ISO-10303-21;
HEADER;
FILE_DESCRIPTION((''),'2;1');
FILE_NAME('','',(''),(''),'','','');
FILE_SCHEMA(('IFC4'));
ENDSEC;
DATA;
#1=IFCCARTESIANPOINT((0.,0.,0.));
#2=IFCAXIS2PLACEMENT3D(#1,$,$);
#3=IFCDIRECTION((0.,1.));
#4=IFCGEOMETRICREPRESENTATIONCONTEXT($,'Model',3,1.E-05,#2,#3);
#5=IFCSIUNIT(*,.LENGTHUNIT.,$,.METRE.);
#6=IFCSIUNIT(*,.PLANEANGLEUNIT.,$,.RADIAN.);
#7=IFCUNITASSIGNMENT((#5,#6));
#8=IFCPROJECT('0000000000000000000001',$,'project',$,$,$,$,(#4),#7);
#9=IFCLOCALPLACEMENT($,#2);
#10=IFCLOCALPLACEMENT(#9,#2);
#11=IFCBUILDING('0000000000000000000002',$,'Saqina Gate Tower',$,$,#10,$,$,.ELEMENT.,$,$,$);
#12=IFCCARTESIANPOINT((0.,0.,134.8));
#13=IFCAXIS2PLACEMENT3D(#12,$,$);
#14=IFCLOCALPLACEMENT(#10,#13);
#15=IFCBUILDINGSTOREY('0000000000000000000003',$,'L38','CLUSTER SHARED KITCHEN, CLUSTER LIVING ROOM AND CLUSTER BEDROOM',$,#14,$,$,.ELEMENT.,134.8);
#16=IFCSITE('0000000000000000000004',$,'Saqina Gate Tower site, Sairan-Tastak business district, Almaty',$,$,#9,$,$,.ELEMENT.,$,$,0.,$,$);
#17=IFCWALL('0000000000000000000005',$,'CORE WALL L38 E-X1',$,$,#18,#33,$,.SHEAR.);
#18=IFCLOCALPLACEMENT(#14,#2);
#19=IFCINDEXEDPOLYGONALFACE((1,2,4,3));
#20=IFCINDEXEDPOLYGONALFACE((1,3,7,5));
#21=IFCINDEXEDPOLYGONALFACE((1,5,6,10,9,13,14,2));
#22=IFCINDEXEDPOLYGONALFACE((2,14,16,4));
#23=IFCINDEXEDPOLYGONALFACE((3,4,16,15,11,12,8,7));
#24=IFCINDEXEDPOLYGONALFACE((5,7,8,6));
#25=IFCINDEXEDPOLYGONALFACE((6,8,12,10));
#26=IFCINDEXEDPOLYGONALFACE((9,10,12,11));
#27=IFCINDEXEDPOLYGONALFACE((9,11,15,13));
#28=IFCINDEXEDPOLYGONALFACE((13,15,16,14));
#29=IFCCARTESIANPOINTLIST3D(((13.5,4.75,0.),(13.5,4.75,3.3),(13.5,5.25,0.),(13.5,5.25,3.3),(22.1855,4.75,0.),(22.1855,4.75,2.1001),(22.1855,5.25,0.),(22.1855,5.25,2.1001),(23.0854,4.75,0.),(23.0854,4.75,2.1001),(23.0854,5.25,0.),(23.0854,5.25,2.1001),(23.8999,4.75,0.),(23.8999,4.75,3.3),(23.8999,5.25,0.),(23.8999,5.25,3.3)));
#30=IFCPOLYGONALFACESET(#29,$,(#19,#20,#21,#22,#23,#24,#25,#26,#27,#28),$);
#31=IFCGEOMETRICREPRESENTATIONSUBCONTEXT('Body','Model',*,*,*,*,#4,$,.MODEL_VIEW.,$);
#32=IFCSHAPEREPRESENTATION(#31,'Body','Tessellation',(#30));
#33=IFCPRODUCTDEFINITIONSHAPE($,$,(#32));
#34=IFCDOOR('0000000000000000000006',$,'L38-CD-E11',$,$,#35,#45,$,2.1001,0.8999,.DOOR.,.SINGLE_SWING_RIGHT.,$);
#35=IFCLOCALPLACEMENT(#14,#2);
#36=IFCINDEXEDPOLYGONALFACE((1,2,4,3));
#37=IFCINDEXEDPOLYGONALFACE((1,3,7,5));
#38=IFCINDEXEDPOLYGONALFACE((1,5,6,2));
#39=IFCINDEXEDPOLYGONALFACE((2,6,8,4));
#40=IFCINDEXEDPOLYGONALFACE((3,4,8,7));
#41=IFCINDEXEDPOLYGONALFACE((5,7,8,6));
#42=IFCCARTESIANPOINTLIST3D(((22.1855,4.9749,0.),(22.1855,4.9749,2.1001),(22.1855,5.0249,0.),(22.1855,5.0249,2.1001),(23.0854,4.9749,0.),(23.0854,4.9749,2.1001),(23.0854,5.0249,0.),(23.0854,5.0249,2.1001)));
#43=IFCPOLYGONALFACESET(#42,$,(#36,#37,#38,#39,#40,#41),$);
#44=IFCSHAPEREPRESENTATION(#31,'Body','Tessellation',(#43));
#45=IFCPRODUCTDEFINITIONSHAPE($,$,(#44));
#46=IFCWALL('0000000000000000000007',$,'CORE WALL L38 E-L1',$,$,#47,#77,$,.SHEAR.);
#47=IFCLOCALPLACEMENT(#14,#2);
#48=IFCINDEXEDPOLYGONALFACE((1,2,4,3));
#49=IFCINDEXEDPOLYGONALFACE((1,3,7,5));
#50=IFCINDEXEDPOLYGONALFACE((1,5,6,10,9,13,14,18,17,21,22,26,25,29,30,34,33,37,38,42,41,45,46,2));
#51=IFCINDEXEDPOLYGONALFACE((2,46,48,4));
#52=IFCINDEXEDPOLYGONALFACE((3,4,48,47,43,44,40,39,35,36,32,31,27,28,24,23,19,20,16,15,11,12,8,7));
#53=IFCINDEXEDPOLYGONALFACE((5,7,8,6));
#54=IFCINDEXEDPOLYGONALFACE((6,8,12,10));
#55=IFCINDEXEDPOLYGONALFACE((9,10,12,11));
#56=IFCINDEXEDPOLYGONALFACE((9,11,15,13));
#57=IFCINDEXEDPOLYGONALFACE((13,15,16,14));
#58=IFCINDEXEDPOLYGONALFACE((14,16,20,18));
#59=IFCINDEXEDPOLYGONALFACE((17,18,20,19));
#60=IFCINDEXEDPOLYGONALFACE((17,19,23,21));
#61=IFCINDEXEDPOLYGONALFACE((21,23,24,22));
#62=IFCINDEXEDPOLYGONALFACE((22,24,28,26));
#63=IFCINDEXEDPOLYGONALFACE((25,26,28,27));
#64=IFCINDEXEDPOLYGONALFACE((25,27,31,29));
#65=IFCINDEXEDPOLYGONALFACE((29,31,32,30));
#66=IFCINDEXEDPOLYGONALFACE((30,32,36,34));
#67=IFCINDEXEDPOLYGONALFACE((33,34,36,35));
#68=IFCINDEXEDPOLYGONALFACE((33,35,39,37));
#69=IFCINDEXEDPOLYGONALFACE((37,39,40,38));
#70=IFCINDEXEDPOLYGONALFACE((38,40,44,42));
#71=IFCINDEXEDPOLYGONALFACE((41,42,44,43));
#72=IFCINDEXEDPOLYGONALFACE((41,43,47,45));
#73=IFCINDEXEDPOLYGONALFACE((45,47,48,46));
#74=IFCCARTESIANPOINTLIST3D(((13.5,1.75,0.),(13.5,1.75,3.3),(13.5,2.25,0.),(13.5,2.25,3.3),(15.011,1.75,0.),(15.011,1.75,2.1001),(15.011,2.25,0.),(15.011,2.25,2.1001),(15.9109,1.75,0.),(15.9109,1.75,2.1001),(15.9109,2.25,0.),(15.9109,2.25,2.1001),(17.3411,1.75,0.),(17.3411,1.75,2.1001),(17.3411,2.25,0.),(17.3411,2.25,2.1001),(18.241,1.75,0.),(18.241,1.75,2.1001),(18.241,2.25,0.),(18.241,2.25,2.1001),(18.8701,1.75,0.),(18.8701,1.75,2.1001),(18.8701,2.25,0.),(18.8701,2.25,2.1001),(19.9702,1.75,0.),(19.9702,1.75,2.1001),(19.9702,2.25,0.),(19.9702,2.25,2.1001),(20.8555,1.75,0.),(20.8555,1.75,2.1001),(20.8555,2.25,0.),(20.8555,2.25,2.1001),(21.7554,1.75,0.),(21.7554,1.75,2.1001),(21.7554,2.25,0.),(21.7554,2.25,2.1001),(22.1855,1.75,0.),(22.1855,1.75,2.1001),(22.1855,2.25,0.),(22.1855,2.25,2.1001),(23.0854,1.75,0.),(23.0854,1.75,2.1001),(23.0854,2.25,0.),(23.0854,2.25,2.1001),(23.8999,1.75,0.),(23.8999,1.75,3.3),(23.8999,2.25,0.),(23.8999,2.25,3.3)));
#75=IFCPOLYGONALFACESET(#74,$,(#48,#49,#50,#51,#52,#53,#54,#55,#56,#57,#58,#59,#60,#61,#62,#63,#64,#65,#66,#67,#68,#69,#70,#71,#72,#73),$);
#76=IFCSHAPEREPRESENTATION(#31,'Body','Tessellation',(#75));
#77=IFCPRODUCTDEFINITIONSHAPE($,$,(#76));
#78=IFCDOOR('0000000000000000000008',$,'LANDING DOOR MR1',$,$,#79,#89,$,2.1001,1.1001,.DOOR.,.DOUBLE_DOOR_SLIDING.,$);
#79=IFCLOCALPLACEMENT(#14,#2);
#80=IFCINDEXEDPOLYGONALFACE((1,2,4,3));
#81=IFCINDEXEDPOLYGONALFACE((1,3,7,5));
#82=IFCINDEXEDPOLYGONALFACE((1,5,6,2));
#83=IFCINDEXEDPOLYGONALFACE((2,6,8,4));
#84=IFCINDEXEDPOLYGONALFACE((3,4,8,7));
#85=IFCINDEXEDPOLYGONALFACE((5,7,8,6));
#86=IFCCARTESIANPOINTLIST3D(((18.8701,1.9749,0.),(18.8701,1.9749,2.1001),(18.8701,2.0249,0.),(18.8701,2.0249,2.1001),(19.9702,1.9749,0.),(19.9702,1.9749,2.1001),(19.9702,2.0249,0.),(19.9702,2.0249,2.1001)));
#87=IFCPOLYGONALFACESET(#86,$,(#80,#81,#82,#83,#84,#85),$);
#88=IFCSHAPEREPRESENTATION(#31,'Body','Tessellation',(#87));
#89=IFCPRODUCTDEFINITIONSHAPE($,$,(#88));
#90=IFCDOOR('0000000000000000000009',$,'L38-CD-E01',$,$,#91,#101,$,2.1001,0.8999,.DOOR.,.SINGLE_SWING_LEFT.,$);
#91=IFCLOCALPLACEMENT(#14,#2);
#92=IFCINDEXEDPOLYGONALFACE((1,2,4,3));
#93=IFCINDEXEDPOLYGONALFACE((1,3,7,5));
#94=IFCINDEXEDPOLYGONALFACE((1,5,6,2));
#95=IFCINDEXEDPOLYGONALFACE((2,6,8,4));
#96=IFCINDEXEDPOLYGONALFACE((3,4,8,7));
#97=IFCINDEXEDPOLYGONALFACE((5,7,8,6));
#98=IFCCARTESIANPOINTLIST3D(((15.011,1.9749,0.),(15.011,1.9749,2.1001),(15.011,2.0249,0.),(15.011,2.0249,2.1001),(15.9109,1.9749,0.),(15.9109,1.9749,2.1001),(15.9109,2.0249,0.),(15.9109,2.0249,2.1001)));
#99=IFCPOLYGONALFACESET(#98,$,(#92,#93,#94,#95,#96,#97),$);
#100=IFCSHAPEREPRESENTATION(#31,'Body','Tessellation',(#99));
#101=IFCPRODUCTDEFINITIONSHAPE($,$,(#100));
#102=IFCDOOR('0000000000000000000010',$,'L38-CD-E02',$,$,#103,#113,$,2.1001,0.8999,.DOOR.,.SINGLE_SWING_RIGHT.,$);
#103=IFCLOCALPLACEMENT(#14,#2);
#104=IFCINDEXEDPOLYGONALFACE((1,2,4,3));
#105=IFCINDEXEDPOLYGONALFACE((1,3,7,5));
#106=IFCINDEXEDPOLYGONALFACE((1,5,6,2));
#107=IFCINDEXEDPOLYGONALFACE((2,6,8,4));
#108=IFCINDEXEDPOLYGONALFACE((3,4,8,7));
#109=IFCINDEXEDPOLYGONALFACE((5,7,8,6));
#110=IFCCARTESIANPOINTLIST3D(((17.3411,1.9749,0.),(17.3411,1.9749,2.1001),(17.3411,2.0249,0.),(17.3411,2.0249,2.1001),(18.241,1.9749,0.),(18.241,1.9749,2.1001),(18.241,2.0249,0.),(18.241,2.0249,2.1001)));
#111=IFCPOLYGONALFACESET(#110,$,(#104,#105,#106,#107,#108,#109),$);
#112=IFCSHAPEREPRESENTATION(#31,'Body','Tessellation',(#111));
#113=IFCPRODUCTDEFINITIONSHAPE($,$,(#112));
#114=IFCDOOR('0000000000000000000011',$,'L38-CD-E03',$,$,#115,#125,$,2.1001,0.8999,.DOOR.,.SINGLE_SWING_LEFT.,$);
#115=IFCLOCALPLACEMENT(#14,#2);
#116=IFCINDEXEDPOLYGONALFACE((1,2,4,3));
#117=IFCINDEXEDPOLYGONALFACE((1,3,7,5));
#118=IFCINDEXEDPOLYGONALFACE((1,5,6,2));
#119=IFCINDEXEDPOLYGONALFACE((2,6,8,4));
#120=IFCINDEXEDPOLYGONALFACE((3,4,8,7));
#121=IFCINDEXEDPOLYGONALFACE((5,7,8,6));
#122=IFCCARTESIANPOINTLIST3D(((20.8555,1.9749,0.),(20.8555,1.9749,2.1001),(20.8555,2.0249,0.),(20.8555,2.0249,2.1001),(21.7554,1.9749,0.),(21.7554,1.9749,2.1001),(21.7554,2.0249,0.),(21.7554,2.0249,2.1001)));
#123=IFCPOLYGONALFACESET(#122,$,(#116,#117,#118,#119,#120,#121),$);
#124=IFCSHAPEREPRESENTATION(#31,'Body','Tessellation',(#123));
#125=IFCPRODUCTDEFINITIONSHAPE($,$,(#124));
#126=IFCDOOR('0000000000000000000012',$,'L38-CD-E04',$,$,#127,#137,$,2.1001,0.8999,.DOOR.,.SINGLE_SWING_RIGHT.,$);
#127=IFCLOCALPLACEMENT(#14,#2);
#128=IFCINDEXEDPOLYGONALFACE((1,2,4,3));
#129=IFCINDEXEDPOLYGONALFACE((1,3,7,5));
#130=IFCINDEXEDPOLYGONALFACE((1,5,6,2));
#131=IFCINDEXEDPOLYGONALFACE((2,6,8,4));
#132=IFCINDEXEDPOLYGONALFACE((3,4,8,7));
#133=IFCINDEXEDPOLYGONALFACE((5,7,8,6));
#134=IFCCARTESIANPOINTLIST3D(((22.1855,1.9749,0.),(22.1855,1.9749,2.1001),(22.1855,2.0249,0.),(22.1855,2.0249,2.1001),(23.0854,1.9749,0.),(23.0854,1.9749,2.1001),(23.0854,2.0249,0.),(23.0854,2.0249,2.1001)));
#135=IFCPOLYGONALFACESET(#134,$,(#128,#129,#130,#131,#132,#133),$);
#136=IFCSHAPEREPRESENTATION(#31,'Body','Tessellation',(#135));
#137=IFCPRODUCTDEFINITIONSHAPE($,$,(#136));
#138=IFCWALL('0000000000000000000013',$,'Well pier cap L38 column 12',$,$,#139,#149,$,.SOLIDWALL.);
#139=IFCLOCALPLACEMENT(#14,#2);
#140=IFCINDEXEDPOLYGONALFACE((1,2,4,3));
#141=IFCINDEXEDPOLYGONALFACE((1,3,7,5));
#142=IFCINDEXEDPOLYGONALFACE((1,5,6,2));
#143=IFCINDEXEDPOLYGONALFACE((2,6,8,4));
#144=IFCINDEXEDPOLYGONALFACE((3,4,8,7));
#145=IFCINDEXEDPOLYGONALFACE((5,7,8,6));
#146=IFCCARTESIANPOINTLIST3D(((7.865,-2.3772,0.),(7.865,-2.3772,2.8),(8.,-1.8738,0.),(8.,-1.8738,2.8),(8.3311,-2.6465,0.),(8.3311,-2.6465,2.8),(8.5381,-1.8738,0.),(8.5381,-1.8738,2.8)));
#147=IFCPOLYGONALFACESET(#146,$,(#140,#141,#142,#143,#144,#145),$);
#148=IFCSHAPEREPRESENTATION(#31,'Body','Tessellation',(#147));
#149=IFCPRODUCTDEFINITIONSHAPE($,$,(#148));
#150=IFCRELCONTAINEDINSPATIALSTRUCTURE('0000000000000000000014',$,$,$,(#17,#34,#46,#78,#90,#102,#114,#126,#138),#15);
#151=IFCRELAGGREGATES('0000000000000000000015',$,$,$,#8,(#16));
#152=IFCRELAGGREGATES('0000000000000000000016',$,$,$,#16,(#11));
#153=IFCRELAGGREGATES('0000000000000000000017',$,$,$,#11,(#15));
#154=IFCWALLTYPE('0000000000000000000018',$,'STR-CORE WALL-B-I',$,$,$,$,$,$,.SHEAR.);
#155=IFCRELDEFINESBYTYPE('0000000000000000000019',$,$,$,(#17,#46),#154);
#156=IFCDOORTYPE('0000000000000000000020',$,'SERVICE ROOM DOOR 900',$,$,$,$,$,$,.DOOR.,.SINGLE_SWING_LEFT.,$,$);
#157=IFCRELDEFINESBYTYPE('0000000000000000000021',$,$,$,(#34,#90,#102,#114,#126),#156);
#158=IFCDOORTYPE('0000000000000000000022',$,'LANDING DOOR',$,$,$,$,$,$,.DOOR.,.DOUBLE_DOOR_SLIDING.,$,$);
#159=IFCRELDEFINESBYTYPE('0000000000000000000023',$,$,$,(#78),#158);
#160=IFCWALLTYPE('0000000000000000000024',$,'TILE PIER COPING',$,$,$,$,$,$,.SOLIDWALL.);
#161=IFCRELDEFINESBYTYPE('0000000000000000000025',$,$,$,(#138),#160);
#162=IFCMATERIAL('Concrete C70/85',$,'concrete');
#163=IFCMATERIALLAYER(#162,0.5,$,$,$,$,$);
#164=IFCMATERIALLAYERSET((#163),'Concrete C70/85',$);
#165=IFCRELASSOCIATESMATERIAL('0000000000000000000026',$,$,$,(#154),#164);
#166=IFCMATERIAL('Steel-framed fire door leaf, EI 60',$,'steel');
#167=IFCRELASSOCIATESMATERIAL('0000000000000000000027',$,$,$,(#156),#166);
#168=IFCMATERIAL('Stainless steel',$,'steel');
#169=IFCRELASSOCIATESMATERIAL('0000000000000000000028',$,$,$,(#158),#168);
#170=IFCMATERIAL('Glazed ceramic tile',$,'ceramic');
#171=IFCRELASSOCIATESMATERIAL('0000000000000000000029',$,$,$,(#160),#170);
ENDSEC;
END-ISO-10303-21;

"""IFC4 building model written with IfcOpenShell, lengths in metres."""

from ifc_helpers import new_model, si_unit, direction, frame, frame_2d, origin, place, context, subcontext, project, spatial, polyline, rectangle, outline, extrude, material, layer, layer_set, type_object, element, fill, save


model = new_model("IFC4")

# Units and contexts
model_context = context("Model", 3, precision=1e-05, world=origin(), true_north=direction((0.0, 1.0)))
body_context = subcontext(model_context, "Body", "Model", "MODEL_VIEW")
ifc_project = project(units=[si_unit("LENGTHUNIT", "METRE"), si_unit("PLANEANGLEUNIT", "RADIAN")], contexts=[model_context])

# Site, building, storey
site_placement = place(None, origin())
site = spatial("IfcSite", under=ifc_project, at=site_placement, Name="Saqina Gate Tower site, Sairan-Tastak business district, Almaty", CompositionType="ELEMENT", RefElevation=0.0)
building_placement = place(site_placement, origin())
building = spatial("IfcBuilding", under=site, at=building_placement, Name="Saqina Gate Tower", CompositionType="ELEMENT")
storey_placement = place(building_placement, frame((0.0, 0.0, 134.8)))
storey = spatial("IfcBuildingStorey", under=building, at=storey_placement, Name="L38", Description="CLUSTER SHARED KITCHEN, CLUSTER LIVING ROOM AND CLUSTER BEDROOM", CompositionType="ELEMENT", Elevation=134.8)

# Wall, opening, door
ifc_material_1 = material(Name="Concrete C70/85", Category="concrete")
ifc_layer_1 = layer(ifc_material_1, 0.5)
ifc_layer_set_1 = layer_set([ifc_layer_1], Name="Concrete C70/85")
wall_type_1 = type_object("IfcWallType", Name="STR-CORE WALL-B-I", PredefinedType="SHEAR", material=ifc_layer_set_1)
wall_1_placement = place(storey_placement, frame((13.5, 5.0, 0.0), z_axis=(0.0, 0.0, 1.0), x_axis=(1.0, 0.0, 0.0)))
wall_1 = element("IfcWall", 1, at=wall_1_placement, inside=storey, type_object=wall_type_1, Name="CORE WALL L38 E-X1", PredefinedType="SHEAR", context=body_context, shape_type="SweptSolid", body=[
    extrude(rectangle(XDim=10.3999, YDim=0.5, at=frame_2d((5.2, 0.0))), origin(), (0.0, 0.0, 1.0), 3.3),
])
opening_1_placement = place(wall_1_placement, frame((8.6855, 0.0, 0.0)))
opening_1 = element("IfcOpeningElement", 2, at=opening_1_placement, cuts=wall_1, PredefinedType="OPENING", context=body_context, shape_type="SweptSolid", body=[
    extrude(rectangle(XDim=0.8999, YDim=2.1001, at=frame_2d((0.45, 1.05))), frame((0.0, 0.262, 0.0), z_axis=(0.0, -1.0, 0.0), x_axis=(1.0, 0.0, 0.0)), (0.0, 0.0, 1.0), 0.5239),
])
ifc_material_2 = material(Name="Steel-framed fire door leaf, EI 60", Category="steel")
door_type_1 = type_object("IfcDoorType", Name="SERVICE ROOM DOOR 900", OperationType="SINGLE_SWING_LEFT", PredefinedType="DOOR", material=ifc_material_2)
door_1_placement = place(opening_1_placement, origin())
door_1 = element("IfcDoor", 3, at=door_1_placement, inside=storey, type_object=door_type_1, Name="L38-CD-E11", OperationType="SINGLE_SWING_RIGHT", OverallHeight=2.1001, OverallWidth=0.8999, PredefinedType="DOOR", context=body_context, shape_type="SweptSolid", body=[
    extrude(rectangle(XDim=0.8999, YDim=2.1001, at=frame_2d((0.45, 1.05))), frame((0.0, 0.0249, 0.0), z_axis=(0.0, -1.0, 0.0), x_axis=(1.0, 0.0, 0.0)), (0.0, 0.0, 1.0), 0.05),
])
fill(opening_1, door_1)

# Wall, openings, doors
wall_2_placement = place(storey_placement, frame((13.5, 2.0, 0.0), z_axis=(0.0, 0.0, 1.0), x_axis=(1.0, 0.0, 0.0)))
wall_2 = element("IfcWall", 4, at=wall_2_placement, inside=storey, type_object=wall_type_1, Name="CORE WALL L38 E-L1", PredefinedType="SHEAR", context=body_context, shape_type="SweptSolid", body=[
    extrude(rectangle(XDim=10.3999, YDim=0.5, at=frame_2d((5.2, 0.0))), origin(), (0.0, 0.0, 1.0), 3.3),
])
opening_2_placement = place(wall_2_placement, frame((5.3701, 0.0, 0.0)))
opening_2 = element("IfcOpeningElement", 5, at=opening_2_placement, cuts=wall_2, PredefinedType="OPENING", context=body_context, shape_type="SweptSolid", body=[
    extrude(rectangle(XDim=1.1001, YDim=2.1001, at=frame_2d((0.55, 1.05))), frame((0.0, 0.262, 0.0), z_axis=(0.0, -1.0, 0.0), x_axis=(1.0, 0.0, 0.0)), (0.0, 0.0, 1.0), 0.5239),
])
opening_3_placement = place(wall_2_placement, frame((1.511, 0.0, 0.0)))
opening_3 = element("IfcOpeningElement", 6, at=opening_3_placement, cuts=wall_2, PredefinedType="OPENING", context=body_context, shape_type="SweptSolid", body=[
    extrude(rectangle(XDim=0.8999, YDim=2.1001, at=frame_2d((0.45, 1.05))), frame((0.0, 0.262, 0.0), z_axis=(0.0, -1.0, 0.0), x_axis=(1.0, 0.0, 0.0)), (0.0, 0.0, 1.0), 0.5239),
])
opening_4_placement = place(wall_2_placement, frame((3.8411, 0.0, 0.0)))
opening_4 = element("IfcOpeningElement", 7, at=opening_4_placement, cuts=wall_2, PredefinedType="OPENING", context=body_context, shape_type="SweptSolid", body=[
    extrude(rectangle(XDim=0.8999, YDim=2.1001, at=frame_2d((0.45, 1.05))), frame((0.0, 0.262, 0.0), z_axis=(0.0, -1.0, 0.0), x_axis=(1.0, 0.0, 0.0)), (0.0, 0.0, 1.0), 0.5239),
])
opening_5_placement = place(wall_2_placement, frame((7.3555, 0.0, 0.0)))
opening_5 = element("IfcOpeningElement", 8, at=opening_5_placement, cuts=wall_2, PredefinedType="OPENING", context=body_context, shape_type="SweptSolid", body=[
    extrude(rectangle(XDim=0.8999, YDim=2.1001, at=frame_2d((0.45, 1.05))), frame((0.0, 0.262, 0.0), z_axis=(0.0, -1.0, 0.0), x_axis=(1.0, 0.0, 0.0)), (0.0, 0.0, 1.0), 0.5239),
])
opening_6_placement = place(wall_2_placement, frame((8.6855, 0.0, 0.0)))
opening_6 = element("IfcOpeningElement", 9, at=opening_6_placement, cuts=wall_2, PredefinedType="OPENING", context=body_context, shape_type="SweptSolid", body=[
    extrude(rectangle(XDim=0.8999, YDim=2.1001, at=frame_2d((0.45, 1.05))), frame((0.0, 0.262, 0.0), z_axis=(0.0, -1.0, 0.0), x_axis=(1.0, 0.0, 0.0)), (0.0, 0.0, 1.0), 0.5239),
])
ifc_material_3 = material(Name="Stainless steel", Category="steel")
door_type_2 = type_object("IfcDoorType", Name="LANDING DOOR", OperationType="DOUBLE_DOOR_SLIDING", PredefinedType="DOOR", material=ifc_material_3)
door_2_placement = place(opening_2_placement, origin())
door_2 = element("IfcDoor", 10, at=door_2_placement, inside=storey, type_object=door_type_2, Name="LANDING DOOR MR1", OperationType="DOUBLE_DOOR_SLIDING", OverallHeight=2.1001, OverallWidth=1.1001, PredefinedType="DOOR", context=body_context, shape_type="SweptSolid", body=[
    extrude(rectangle(XDim=1.1001, YDim=2.1001, at=frame_2d((0.55, 1.05))), frame((0.0, 0.0249, 0.0), z_axis=(0.0, -1.0, 0.0), x_axis=(1.0, 0.0, 0.0)), (0.0, 0.0, 1.0), 0.05),
])
fill(opening_2, door_2)
door_3_placement = place(opening_3_placement, origin())
door_3 = element("IfcDoor", 11, at=door_3_placement, inside=storey, type_object=door_type_1, Name="L38-CD-E01", OperationType="SINGLE_SWING_LEFT", OverallHeight=2.1001, OverallWidth=0.8999, PredefinedType="DOOR", context=body_context, shape_type="SweptSolid", body=[
    extrude(rectangle(XDim=0.8999, YDim=2.1001, at=frame_2d((0.45, 1.05))), frame((0.0, 0.0249, 0.0), z_axis=(0.0, -1.0, 0.0), x_axis=(1.0, 0.0, 0.0)), (0.0, 0.0, 1.0), 0.05),
])
fill(opening_3, door_3)
door_4_placement = place(opening_4_placement, origin())
door_4 = element("IfcDoor", 12, at=door_4_placement, inside=storey, type_object=door_type_1, Name="L38-CD-E02", OperationType="SINGLE_SWING_RIGHT", OverallHeight=2.1001, OverallWidth=0.8999, PredefinedType="DOOR", context=body_context, shape_type="SweptSolid", body=[
    extrude(rectangle(XDim=0.8999, YDim=2.1001, at=frame_2d((0.45, 1.05))), frame((0.0, 0.0249, 0.0), z_axis=(0.0, -1.0, 0.0), x_axis=(1.0, 0.0, 0.0)), (0.0, 0.0, 1.0), 0.05),
])
fill(opening_4, door_4)
door_5_placement = place(opening_5_placement, origin())
door_5 = element("IfcDoor", 13, at=door_5_placement, inside=storey, type_object=door_type_1, Name="L38-CD-E03", OperationType="SINGLE_SWING_LEFT", OverallHeight=2.1001, OverallWidth=0.8999, PredefinedType="DOOR", context=body_context, shape_type="SweptSolid", body=[
    extrude(rectangle(XDim=0.8999, YDim=2.1001, at=frame_2d((0.45, 1.05))), frame((0.0, 0.0249, 0.0), z_axis=(0.0, -1.0, 0.0), x_axis=(1.0, 0.0, 0.0)), (0.0, 0.0, 1.0), 0.05),
])
fill(opening_5, door_5)
door_6_placement = place(opening_6_placement, origin())
door_6 = element("IfcDoor", 14, at=door_6_placement, inside=storey, type_object=door_type_1, Name="L38-CD-E04", OperationType="SINGLE_SWING_RIGHT", OverallHeight=2.1001, OverallWidth=0.8999, PredefinedType="DOOR", context=body_context, shape_type="SweptSolid", body=[
    extrude(rectangle(XDim=0.8999, YDim=2.1001, at=frame_2d((0.45, 1.05))), frame((0.0, 0.0249, 0.0), z_axis=(0.0, -1.0, 0.0), x_axis=(1.0, 0.0, 0.0)), (0.0, 0.0, 1.0), 0.05),
])
fill(opening_6, door_6)

# Wall
ifc_material_4 = material(Name="Glazed ceramic tile", Category="ceramic")
wall_type_2 = type_object("IfcWallType", Name="TILE PIER COPING", PredefinedType="SOLIDWALL", material=ifc_material_4)
wall_3_placement = place(storey_placement, origin())
element("IfcWall", 15, at=wall_3_placement, inside=storey, type_object=wall_type_2, Name="Well pier cap L38 column 12", PredefinedType="SOLIDWALL", context=body_context, shape_type="SweptSolid", body=[
    extrude(outline(polyline([(8.5381, -1.8738), (8.0, -1.8738), (7.865, -2.3772), (8.3311, -2.6465), (8.5381, -1.8738)])), origin(), (0.0, 0.0, 1.0), 2.8),
])

save(model, "model.ifc")
